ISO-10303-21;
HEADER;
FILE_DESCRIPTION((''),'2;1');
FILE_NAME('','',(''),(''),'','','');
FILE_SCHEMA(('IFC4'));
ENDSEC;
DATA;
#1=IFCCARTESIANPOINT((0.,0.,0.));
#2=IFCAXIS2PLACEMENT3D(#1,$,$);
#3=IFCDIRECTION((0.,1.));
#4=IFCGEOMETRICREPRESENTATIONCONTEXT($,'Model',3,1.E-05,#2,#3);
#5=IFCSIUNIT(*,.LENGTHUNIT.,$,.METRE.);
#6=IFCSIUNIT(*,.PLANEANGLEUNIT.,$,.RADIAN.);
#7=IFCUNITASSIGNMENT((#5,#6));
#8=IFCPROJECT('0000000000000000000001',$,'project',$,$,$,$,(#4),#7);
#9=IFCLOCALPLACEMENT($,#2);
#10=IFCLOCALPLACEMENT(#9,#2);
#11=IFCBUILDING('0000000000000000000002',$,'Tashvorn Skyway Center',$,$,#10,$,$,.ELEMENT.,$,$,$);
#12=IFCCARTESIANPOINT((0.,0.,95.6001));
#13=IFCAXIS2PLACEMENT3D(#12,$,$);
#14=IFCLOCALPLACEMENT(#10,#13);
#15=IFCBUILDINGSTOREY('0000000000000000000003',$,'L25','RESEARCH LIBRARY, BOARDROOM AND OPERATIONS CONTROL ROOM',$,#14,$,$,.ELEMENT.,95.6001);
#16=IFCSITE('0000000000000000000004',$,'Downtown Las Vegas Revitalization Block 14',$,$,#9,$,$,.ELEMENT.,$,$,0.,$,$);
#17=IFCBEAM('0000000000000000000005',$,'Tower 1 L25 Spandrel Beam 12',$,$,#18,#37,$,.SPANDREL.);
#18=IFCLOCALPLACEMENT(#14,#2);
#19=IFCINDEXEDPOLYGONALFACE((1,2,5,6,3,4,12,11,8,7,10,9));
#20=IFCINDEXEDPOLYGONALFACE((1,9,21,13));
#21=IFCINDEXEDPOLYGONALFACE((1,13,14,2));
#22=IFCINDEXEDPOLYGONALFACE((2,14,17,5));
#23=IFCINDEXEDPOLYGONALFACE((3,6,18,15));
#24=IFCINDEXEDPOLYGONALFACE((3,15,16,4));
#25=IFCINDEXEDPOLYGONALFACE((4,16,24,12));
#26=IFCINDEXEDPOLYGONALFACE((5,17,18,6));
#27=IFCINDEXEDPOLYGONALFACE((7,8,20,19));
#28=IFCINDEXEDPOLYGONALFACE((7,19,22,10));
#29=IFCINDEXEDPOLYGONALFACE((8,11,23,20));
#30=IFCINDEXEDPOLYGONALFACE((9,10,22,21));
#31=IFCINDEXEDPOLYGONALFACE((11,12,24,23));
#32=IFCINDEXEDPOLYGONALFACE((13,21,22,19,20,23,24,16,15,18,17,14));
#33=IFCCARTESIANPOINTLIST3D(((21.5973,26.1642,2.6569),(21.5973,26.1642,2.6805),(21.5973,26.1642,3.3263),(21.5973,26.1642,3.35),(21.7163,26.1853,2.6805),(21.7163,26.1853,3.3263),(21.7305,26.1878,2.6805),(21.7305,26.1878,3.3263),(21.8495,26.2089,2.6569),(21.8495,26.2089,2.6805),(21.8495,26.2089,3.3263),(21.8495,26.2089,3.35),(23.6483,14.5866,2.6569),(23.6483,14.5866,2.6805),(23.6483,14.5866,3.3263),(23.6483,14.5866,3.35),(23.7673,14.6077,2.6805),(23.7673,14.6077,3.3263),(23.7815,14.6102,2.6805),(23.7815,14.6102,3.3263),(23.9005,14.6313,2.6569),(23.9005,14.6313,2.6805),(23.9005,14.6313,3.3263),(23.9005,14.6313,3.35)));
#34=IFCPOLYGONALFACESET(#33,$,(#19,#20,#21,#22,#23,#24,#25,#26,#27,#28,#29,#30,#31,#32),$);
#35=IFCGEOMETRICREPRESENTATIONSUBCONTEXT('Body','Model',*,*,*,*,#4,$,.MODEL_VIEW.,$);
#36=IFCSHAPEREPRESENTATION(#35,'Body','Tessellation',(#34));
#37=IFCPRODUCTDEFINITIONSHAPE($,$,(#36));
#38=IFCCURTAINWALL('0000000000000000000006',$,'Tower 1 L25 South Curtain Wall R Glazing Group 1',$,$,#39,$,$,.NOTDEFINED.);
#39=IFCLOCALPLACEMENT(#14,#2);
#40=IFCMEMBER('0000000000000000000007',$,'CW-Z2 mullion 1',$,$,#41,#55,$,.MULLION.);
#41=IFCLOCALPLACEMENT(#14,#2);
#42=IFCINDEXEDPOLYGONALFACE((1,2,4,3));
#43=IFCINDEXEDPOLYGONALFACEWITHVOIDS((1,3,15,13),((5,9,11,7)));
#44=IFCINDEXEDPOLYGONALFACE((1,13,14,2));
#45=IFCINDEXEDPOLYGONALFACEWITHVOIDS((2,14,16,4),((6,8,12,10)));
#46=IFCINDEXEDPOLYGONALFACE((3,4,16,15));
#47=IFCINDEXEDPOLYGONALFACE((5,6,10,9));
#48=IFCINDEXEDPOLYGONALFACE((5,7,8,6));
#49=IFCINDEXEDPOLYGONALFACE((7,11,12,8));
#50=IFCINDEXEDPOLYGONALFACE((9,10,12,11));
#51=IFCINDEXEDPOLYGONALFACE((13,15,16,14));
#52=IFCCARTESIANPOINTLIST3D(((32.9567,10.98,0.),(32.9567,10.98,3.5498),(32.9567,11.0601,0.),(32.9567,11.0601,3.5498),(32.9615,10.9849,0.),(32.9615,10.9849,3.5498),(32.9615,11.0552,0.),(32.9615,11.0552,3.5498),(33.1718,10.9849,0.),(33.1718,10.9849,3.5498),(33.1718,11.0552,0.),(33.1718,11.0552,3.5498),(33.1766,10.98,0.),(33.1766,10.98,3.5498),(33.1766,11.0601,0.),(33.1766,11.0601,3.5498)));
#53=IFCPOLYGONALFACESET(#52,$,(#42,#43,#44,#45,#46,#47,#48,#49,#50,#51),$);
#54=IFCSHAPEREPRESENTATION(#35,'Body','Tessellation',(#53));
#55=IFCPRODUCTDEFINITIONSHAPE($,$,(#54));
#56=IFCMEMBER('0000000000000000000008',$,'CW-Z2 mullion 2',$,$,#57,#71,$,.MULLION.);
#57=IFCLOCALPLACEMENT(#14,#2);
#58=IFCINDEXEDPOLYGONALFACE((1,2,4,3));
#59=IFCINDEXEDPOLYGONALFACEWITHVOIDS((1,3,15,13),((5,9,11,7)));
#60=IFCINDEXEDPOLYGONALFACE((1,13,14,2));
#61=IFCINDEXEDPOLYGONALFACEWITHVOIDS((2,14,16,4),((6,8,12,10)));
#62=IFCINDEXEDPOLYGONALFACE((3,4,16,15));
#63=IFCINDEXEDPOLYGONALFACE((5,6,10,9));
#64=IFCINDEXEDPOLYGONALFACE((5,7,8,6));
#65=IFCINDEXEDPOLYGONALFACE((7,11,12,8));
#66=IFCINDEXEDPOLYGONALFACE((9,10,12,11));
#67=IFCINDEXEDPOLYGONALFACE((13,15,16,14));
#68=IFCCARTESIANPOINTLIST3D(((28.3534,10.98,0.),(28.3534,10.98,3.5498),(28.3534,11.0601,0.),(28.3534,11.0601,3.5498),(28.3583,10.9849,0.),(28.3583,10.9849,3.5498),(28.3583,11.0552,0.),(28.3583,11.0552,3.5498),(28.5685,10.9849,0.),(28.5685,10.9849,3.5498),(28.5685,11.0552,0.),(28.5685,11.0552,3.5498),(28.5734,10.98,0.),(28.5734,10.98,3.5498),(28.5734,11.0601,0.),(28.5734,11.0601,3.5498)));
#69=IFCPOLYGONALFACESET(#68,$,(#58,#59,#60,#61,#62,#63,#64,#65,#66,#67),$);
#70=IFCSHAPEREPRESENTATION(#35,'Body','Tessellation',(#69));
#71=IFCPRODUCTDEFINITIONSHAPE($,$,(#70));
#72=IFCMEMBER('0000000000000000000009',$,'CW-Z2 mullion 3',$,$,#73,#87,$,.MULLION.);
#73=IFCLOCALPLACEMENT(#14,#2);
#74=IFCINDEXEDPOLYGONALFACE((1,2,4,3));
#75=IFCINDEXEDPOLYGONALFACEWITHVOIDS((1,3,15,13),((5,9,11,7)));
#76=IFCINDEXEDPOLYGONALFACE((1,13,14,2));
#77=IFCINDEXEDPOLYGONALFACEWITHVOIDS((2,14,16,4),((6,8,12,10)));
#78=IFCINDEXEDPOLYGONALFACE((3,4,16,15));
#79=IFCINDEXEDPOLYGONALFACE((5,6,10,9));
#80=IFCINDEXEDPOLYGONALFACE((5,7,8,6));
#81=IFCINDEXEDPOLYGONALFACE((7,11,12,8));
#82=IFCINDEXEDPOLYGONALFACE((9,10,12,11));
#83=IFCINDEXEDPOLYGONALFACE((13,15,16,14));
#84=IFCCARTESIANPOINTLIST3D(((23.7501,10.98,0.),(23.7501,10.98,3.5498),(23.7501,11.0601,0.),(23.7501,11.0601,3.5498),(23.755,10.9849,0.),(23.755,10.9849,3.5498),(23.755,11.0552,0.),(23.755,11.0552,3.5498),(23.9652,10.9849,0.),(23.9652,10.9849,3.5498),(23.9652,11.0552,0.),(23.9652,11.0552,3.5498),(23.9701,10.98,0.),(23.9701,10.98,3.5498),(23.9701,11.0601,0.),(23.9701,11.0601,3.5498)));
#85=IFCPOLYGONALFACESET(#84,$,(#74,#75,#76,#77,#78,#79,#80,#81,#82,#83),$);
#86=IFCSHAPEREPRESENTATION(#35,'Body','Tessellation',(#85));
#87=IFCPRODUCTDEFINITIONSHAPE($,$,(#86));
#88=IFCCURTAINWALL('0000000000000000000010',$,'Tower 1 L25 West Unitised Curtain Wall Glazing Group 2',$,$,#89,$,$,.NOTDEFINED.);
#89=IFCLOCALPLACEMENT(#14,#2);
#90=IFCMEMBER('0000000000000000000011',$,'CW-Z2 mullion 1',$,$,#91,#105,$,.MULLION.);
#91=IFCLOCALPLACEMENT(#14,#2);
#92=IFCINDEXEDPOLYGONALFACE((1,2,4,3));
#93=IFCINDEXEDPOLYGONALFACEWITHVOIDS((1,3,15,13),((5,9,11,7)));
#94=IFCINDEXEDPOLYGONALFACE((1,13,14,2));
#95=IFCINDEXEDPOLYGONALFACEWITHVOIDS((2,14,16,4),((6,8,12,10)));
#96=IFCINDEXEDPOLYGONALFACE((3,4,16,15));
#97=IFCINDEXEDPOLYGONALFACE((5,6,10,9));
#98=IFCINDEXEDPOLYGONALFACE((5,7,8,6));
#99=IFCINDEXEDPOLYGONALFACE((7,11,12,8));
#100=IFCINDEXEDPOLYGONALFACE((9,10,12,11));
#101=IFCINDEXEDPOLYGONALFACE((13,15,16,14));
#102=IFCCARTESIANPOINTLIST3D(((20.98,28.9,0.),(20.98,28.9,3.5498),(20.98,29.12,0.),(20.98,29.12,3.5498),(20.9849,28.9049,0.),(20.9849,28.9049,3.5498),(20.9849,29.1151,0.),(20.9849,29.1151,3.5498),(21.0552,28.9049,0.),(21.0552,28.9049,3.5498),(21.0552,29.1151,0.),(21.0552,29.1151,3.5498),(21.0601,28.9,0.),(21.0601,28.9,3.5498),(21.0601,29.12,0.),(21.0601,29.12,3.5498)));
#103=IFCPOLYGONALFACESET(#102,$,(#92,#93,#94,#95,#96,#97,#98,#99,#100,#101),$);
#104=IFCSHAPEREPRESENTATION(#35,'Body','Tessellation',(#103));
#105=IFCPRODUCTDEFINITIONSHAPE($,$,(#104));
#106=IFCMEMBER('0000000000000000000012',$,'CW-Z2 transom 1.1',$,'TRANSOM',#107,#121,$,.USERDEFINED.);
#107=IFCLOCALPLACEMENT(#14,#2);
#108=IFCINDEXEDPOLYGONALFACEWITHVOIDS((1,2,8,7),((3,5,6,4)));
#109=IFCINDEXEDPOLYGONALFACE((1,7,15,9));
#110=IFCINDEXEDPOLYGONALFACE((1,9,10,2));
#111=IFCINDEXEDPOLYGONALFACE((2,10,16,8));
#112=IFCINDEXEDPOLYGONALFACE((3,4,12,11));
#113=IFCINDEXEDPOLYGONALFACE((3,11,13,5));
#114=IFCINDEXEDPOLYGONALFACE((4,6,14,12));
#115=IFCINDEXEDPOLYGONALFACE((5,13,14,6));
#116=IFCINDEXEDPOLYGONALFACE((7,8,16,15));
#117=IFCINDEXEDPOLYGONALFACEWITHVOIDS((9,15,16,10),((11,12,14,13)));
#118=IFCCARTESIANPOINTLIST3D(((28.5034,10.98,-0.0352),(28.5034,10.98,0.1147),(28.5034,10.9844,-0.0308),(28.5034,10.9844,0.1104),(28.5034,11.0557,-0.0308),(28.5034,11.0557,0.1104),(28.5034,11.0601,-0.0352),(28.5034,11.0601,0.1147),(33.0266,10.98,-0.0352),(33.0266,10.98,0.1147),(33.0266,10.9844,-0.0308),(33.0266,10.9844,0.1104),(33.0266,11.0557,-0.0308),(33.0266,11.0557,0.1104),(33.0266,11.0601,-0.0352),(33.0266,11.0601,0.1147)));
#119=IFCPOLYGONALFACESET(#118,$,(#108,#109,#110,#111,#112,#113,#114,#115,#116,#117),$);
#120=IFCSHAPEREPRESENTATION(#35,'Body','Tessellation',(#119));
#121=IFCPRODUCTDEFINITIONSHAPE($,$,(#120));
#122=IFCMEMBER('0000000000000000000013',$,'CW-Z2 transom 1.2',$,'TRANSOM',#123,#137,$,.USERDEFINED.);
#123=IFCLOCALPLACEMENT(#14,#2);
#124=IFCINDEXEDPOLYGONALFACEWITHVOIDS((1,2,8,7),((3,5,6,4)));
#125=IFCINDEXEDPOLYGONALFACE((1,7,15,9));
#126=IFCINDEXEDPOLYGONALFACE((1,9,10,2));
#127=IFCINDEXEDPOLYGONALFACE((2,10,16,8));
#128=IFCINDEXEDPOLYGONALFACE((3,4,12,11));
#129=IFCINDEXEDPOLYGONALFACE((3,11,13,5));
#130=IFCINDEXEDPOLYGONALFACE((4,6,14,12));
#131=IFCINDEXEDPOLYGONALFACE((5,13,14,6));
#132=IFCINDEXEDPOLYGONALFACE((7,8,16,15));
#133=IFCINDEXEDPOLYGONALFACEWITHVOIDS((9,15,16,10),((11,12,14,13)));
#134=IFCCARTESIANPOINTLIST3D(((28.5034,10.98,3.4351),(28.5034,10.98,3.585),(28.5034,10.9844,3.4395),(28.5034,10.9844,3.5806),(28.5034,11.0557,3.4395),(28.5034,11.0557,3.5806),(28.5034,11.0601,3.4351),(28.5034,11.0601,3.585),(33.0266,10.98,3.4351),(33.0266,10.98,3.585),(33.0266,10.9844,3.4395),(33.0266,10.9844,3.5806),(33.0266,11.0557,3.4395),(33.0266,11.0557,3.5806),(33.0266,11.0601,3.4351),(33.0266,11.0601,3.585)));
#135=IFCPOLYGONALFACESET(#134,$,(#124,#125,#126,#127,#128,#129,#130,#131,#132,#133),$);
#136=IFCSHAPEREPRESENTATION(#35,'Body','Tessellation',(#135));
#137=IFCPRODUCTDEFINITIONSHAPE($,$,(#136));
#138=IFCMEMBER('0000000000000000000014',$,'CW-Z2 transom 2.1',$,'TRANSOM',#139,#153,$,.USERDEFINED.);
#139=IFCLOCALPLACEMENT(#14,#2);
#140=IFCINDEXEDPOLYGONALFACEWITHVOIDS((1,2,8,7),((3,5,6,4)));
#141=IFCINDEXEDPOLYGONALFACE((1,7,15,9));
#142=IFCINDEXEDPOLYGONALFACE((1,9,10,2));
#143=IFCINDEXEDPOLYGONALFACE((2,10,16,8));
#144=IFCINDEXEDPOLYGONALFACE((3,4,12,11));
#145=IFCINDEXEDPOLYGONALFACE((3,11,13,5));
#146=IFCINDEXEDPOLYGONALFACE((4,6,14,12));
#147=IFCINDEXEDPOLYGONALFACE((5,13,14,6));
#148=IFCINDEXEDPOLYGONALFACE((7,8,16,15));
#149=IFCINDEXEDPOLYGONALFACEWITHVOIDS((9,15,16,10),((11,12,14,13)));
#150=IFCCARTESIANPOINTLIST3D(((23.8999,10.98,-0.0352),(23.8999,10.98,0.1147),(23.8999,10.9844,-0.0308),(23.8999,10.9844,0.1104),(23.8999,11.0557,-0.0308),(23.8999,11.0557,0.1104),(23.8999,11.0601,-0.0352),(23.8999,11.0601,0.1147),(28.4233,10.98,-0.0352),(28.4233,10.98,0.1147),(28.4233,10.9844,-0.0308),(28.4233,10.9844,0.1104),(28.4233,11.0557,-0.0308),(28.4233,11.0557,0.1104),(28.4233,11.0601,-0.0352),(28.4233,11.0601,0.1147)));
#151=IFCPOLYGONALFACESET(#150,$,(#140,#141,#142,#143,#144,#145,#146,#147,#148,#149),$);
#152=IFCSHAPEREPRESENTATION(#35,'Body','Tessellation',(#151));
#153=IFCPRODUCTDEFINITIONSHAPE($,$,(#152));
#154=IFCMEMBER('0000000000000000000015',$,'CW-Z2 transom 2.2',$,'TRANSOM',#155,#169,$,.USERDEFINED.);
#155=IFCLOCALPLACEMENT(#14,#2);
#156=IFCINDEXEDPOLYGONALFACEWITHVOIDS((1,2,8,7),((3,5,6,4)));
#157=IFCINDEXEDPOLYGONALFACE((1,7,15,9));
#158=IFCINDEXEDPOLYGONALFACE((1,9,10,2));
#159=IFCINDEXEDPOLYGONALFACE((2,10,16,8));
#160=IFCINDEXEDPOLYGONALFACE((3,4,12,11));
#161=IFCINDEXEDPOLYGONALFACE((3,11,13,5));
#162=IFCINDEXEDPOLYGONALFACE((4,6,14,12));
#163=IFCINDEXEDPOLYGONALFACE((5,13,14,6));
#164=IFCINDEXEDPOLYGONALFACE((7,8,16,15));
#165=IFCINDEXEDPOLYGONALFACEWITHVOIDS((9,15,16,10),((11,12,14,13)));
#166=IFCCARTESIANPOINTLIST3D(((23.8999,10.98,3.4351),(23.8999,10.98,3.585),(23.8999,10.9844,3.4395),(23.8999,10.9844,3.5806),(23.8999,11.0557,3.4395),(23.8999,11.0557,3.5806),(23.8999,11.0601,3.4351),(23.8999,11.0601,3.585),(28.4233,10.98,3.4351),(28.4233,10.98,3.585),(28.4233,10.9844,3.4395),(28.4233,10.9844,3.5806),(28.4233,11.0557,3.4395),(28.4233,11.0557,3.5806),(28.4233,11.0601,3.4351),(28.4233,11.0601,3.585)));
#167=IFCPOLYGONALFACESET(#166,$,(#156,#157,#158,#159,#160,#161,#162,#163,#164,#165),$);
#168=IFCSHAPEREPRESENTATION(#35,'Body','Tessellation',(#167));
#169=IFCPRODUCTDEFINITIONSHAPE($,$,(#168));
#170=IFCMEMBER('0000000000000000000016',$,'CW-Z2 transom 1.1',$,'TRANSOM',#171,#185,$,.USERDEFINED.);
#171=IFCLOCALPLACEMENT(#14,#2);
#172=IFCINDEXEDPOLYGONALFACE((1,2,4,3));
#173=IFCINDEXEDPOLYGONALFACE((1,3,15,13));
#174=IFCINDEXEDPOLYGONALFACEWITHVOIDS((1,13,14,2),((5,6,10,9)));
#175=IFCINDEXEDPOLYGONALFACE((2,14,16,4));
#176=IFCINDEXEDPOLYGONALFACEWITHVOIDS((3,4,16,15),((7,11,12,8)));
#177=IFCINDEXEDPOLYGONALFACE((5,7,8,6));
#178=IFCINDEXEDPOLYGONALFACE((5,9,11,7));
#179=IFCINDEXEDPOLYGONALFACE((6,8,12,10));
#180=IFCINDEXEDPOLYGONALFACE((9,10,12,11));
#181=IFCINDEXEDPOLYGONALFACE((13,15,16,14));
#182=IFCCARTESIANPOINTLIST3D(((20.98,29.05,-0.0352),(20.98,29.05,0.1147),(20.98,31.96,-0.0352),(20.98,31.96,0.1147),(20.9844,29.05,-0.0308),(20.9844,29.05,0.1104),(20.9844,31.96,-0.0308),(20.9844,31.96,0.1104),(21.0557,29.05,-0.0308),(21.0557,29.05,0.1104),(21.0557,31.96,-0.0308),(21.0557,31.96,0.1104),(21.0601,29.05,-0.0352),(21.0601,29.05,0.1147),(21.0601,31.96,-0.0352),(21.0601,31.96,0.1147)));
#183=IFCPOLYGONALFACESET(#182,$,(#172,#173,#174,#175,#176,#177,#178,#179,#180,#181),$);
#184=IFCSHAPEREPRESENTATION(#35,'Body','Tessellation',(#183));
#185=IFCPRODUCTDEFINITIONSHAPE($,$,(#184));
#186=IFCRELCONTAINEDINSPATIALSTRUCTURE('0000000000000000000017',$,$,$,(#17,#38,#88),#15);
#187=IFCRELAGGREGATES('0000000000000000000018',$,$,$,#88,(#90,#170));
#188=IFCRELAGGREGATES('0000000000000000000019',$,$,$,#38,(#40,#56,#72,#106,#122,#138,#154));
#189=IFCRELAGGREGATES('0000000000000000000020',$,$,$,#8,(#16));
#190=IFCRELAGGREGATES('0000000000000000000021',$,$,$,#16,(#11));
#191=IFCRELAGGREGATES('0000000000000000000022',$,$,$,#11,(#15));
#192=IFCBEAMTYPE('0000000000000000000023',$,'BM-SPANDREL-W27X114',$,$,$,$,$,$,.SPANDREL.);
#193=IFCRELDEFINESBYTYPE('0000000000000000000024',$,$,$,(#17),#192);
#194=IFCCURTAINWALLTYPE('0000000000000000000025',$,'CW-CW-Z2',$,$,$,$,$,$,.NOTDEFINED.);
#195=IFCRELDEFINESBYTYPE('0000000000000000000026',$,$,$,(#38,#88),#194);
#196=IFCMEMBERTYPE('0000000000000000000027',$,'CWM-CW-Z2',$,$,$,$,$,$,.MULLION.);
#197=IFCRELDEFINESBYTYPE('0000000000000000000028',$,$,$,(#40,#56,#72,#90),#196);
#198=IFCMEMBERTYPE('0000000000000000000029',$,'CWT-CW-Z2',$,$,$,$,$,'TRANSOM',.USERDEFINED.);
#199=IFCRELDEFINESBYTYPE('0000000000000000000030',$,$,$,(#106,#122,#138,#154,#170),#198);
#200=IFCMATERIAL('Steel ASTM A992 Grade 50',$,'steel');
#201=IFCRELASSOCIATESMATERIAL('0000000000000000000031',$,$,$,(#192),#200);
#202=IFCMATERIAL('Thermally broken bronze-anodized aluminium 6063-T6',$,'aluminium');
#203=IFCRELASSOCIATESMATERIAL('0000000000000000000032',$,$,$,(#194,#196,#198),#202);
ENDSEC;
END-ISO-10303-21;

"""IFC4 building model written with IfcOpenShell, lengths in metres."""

from ifc_helpers import new_model, si_unit, direction, frame, origin, origin_2d, place, context, subcontext, project, spatial, hollow_rectangle, i_section, extrude, material, material_profile, profile_set, type_object, element, aggregate, save


model = new_model("IFC4")

# Units and contexts
model_context = context("Model", 3, precision=1e-05, world=origin(), true_north=direction((0.0, 1.0)))
body_context = subcontext(model_context, "Body", "Model", "MODEL_VIEW")
ifc_project = project(units=[si_unit("LENGTHUNIT", "METRE"), si_unit("PLANEANGLEUNIT", "RADIAN")], contexts=[model_context])

# Site, building, storey
site_placement = place(None, origin())
site = spatial("IfcSite", under=ifc_project, at=site_placement, Name="Downtown Las Vegas Revitalization Block 14", CompositionType="ELEMENT", RefElevation=0.0)
building_placement = place(site_placement, origin())
building = spatial("IfcBuilding", under=site, at=building_placement, Name="Tashvorn Skyway Center", CompositionType="ELEMENT")
storey_placement = place(building_placement, frame((0.0, 0.0, 95.6001)))
storey = spatial("IfcBuildingStorey", under=building, at=storey_placement, Name="L25", Description="RESEARCH LIBRARY, BOARDROOM AND OPERATIONS CONTROL ROOM", CompositionType="ELEMENT", Elevation=95.6001)

# Beam
ifc_material_1 = material(Name="Steel ASTM A992 Grade 50", Category="steel")
ifc_material_profile_1 = material_profile(ifc_material_1, i_section(OverallWidth=0.2561, OverallDepth=0.6931, WebThickness=0.0144, FlangeThickness=0.0237, at=origin_2d()), Name="W27X114")
ifc_profile_set_1 = profile_set([ifc_material_profile_1], Name="Steel ASTM A992 Grade 50")
beam_type_1 = type_object("IfcBeamType", Name="BM-SPANDREL-W27X114", PredefinedType="SPANDREL", material=ifc_profile_set_1)
beam_1_placement = place(storey_placement, frame((21.7234, 26.1865, 3.0034), z_axis=(0.174438, -0.984668, 0.0), x_axis=(0.984668, 0.174438, 0.0)))
element("IfcBeam", 1, at=beam_1_placement, inside=storey, type_object=beam_type_1, Name="Tower 1 L25 Spandrel Beam 12", PredefinedType="SPANDREL", context=body_context, shape_type="SweptSolid", body=[
    extrude(i_section(OverallWidth=0.2561, OverallDepth=0.6931, WebThickness=0.0144, FlangeThickness=0.0237, at=origin_2d()), origin(), (0.0, 0.0, 1.0), 11.7578),
])

# Curtain wall, members
ifc_material_2 = material(Name="Thermally broken bronze-anodized aluminium 6063-T6", Category="aluminium")
curtain_wall_type = type_object("IfcCurtainWallType", Name="CW-CW-Z2", PredefinedType="NOTDEFINED", material=ifc_material_2)
curtain_wall_1_placement = place(storey_placement, origin())
curtain_wall_1 = element("IfcCurtainWall", 2, at=curtain_wall_1_placement, inside=storey, type_object=curtain_wall_type, Name="Tower 1 L25 South Curtain Wall R Glazing Group 1", PredefinedType="NOTDEFINED")
ifc_material_profile_2 = material_profile(ifc_material_2, hollow_rectangle(XDim=0.0801, YDim=0.22, WallThickness=0.0049, at=origin_2d()), Name="ALU-MULL-80x220")
ifc_profile_set_2 = profile_set([ifc_material_profile_2], Name="Thermally broken bronze-anodized aluminium 6063-T6")
member_type_1 = type_object("IfcMemberType", Name="CWM-CW-Z2", PredefinedType="MULLION", material=ifc_profile_set_2)
member_1_placement = place(storey_placement, frame((33.0667, 11.02, 0.0), z_axis=(0.0, 0.0, 1.0), x_axis=(0.0, -1.0, 0.0)))
member_1 = element("IfcMember", 3, at=member_1_placement, type_object=member_type_1, Name="CW-Z2 mullion 1", PredefinedType="MULLION", context=body_context, shape_type="SweptSolid", body=[
    extrude(hollow_rectangle(XDim=0.0801, YDim=0.22, WallThickness=0.0049, at=origin_2d()), origin(), (0.0, 0.0, 1.0), 3.5498),
])
member_2_placement = place(storey_placement, frame((28.4634, 11.02, 0.0), z_axis=(0.0, 0.0, 1.0), x_axis=(0.0, -1.0, 0.0)))
member_2 = element("IfcMember", 4, at=member_2_placement, type_object=member_type_1, Name="CW-Z2 mullion 2", PredefinedType="MULLION", context=body_context, shape_type="SweptSolid", body=[
    extrude(hollow_rectangle(XDim=0.0801, YDim=0.22, WallThickness=0.0049, at=origin_2d()), origin(), (0.0, 0.0, 1.0), 3.5498),
])
member_3_placement = place(storey_placement, frame((23.8601, 11.02, 0.0), z_axis=(0.0, 0.0, 1.0), x_axis=(0.0, -1.0, 0.0)))
member_3 = element("IfcMember", 5, at=member_3_placement, type_object=member_type_1, Name="CW-Z2 mullion 3", PredefinedType="MULLION", context=body_context, shape_type="SweptSolid", body=[
    extrude(hollow_rectangle(XDim=0.0801, YDim=0.22, WallThickness=0.0049, at=origin_2d()), origin(), (0.0, 0.0, 1.0), 3.5498),
])

# Curtain wall, member
curtain_wall_2_placement = place(storey_placement, origin())
curtain_wall_2 = element("IfcCurtainWall", 6, at=curtain_wall_2_placement, inside=storey, type_object=curtain_wall_type, Name="Tower 1 L25 West Unitised Curtain Wall Glazing Group 2", PredefinedType="NOTDEFINED")
member_4_placement = place(storey_placement, frame((21.02, 29.01, 0.0), z_axis=(0.0, 0.0, 1.0), x_axis=(-1.0, 0.0, 0.0)))
member_4 = element("IfcMember", 7, at=member_4_placement, type_object=member_type_1, Name="CW-Z2 mullion 1", PredefinedType="MULLION", context=body_context, shape_type="SweptSolid", body=[
    extrude(hollow_rectangle(XDim=0.0801, YDim=0.22, WallThickness=0.0049, at=origin_2d()), origin(), (0.0, 0.0, 1.0), 3.5498),
])

# Members
ifc_material_profile_3 = material_profile(ifc_material_2, hollow_rectangle(XDim=0.0801, YDim=0.1499, WallThickness=0.0044, at=origin_2d()), Name="ALU-TRAN-80x150")
ifc_profile_set_3 = profile_set([ifc_material_profile_3], Name="Thermally broken bronze-anodized aluminium 6063-T6")
member_type_2 = type_object("IfcMemberType", Name="CWT-CW-Z2", ElementType="TRANSOM", PredefinedType="USERDEFINED", material=ifc_profile_set_3)
member_5_placement = place(storey_placement, frame((33.0266, 11.02, 0.0398), z_axis=(-1.0, 0.0, 0.0), x_axis=(0.0, -1.0, 0.0)))
member_5 = element("IfcMember", 8, at=member_5_placement, type_object=member_type_2, Name="CW-Z2 transom 1.1", ObjectType="TRANSOM", PredefinedType="USERDEFINED", context=body_context, shape_type="SweptSolid", body=[
    extrude(hollow_rectangle(XDim=0.0801, YDim=0.1499, WallThickness=0.0044, at=origin_2d()), origin(), (0.0, 0.0, 1.0), 4.5232),
])
member_6_placement = place(storey_placement, frame((33.0266, 11.02, 3.51), z_axis=(-1.0, 0.0, 0.0), x_axis=(0.0, -1.0, 0.0)))
member_6 = element("IfcMember", 9, at=member_6_placement, type_object=member_type_2, Name="CW-Z2 transom 1.2", ObjectType="TRANSOM", PredefinedType="USERDEFINED", context=body_context, shape_type="SweptSolid", body=[
    extrude(hollow_rectangle(XDim=0.0801, YDim=0.1499, WallThickness=0.0044, at=origin_2d()), origin(), (0.0, 0.0, 1.0), 4.5232),
])
member_7_placement = place(storey_placement, frame((28.4233, 11.02, 0.0398), z_axis=(-1.0, 0.0, 0.0), x_axis=(0.0, -1.0, 0.0)))
member_7 = element("IfcMember", 10, at=member_7_placement, type_object=member_type_2, Name="CW-Z2 transom 2.1", ObjectType="TRANSOM", PredefinedType="USERDEFINED", context=body_context, shape_type="SweptSolid", body=[
    extrude(hollow_rectangle(XDim=0.0801, YDim=0.1499, WallThickness=0.0044, at=origin_2d()), origin(), (0.0, 0.0, 1.0), 4.5234),
])
member_8_placement = place(storey_placement, frame((28.4233, 11.02, 3.51), z_axis=(-1.0, 0.0, 0.0), x_axis=(0.0, -1.0, 0.0)))
member_8 = element("IfcMember", 11, at=member_8_placement, type_object=member_type_2, Name="CW-Z2 transom 2.2", ObjectType="TRANSOM", PredefinedType="USERDEFINED", context=body_context, shape_type="SweptSolid", body=[
    extrude(hollow_rectangle(XDim=0.0801, YDim=0.1499, WallThickness=0.0044, at=origin_2d()), origin(), (0.0, 0.0, 1.0), 4.5234),
])
member_9_placement = place(storey_placement, frame((21.02, 29.05, 0.0398), z_axis=(0.0, 1.0, 0.0), x_axis=(-1.0, 0.0, 0.0)))
member_9 = element("IfcMember", 12, at=member_9_placement, type_object=member_type_2, Name="CW-Z2 transom 1.1", ObjectType="TRANSOM", PredefinedType="USERDEFINED", context=body_context, shape_type="SweptSolid", body=[
    extrude(hollow_rectangle(XDim=0.0801, YDim=0.1499, WallThickness=0.0044, at=origin_2d()), origin(), (0.0, 0.0, 1.0), 2.9099),
])
aggregate(curtain_wall_2, [member_4, member_9])

aggregate(curtain_wall_1, [member_1, member_2, member_3, member_5, member_6, member_7, member_8])

save(model, "model.ifc")
